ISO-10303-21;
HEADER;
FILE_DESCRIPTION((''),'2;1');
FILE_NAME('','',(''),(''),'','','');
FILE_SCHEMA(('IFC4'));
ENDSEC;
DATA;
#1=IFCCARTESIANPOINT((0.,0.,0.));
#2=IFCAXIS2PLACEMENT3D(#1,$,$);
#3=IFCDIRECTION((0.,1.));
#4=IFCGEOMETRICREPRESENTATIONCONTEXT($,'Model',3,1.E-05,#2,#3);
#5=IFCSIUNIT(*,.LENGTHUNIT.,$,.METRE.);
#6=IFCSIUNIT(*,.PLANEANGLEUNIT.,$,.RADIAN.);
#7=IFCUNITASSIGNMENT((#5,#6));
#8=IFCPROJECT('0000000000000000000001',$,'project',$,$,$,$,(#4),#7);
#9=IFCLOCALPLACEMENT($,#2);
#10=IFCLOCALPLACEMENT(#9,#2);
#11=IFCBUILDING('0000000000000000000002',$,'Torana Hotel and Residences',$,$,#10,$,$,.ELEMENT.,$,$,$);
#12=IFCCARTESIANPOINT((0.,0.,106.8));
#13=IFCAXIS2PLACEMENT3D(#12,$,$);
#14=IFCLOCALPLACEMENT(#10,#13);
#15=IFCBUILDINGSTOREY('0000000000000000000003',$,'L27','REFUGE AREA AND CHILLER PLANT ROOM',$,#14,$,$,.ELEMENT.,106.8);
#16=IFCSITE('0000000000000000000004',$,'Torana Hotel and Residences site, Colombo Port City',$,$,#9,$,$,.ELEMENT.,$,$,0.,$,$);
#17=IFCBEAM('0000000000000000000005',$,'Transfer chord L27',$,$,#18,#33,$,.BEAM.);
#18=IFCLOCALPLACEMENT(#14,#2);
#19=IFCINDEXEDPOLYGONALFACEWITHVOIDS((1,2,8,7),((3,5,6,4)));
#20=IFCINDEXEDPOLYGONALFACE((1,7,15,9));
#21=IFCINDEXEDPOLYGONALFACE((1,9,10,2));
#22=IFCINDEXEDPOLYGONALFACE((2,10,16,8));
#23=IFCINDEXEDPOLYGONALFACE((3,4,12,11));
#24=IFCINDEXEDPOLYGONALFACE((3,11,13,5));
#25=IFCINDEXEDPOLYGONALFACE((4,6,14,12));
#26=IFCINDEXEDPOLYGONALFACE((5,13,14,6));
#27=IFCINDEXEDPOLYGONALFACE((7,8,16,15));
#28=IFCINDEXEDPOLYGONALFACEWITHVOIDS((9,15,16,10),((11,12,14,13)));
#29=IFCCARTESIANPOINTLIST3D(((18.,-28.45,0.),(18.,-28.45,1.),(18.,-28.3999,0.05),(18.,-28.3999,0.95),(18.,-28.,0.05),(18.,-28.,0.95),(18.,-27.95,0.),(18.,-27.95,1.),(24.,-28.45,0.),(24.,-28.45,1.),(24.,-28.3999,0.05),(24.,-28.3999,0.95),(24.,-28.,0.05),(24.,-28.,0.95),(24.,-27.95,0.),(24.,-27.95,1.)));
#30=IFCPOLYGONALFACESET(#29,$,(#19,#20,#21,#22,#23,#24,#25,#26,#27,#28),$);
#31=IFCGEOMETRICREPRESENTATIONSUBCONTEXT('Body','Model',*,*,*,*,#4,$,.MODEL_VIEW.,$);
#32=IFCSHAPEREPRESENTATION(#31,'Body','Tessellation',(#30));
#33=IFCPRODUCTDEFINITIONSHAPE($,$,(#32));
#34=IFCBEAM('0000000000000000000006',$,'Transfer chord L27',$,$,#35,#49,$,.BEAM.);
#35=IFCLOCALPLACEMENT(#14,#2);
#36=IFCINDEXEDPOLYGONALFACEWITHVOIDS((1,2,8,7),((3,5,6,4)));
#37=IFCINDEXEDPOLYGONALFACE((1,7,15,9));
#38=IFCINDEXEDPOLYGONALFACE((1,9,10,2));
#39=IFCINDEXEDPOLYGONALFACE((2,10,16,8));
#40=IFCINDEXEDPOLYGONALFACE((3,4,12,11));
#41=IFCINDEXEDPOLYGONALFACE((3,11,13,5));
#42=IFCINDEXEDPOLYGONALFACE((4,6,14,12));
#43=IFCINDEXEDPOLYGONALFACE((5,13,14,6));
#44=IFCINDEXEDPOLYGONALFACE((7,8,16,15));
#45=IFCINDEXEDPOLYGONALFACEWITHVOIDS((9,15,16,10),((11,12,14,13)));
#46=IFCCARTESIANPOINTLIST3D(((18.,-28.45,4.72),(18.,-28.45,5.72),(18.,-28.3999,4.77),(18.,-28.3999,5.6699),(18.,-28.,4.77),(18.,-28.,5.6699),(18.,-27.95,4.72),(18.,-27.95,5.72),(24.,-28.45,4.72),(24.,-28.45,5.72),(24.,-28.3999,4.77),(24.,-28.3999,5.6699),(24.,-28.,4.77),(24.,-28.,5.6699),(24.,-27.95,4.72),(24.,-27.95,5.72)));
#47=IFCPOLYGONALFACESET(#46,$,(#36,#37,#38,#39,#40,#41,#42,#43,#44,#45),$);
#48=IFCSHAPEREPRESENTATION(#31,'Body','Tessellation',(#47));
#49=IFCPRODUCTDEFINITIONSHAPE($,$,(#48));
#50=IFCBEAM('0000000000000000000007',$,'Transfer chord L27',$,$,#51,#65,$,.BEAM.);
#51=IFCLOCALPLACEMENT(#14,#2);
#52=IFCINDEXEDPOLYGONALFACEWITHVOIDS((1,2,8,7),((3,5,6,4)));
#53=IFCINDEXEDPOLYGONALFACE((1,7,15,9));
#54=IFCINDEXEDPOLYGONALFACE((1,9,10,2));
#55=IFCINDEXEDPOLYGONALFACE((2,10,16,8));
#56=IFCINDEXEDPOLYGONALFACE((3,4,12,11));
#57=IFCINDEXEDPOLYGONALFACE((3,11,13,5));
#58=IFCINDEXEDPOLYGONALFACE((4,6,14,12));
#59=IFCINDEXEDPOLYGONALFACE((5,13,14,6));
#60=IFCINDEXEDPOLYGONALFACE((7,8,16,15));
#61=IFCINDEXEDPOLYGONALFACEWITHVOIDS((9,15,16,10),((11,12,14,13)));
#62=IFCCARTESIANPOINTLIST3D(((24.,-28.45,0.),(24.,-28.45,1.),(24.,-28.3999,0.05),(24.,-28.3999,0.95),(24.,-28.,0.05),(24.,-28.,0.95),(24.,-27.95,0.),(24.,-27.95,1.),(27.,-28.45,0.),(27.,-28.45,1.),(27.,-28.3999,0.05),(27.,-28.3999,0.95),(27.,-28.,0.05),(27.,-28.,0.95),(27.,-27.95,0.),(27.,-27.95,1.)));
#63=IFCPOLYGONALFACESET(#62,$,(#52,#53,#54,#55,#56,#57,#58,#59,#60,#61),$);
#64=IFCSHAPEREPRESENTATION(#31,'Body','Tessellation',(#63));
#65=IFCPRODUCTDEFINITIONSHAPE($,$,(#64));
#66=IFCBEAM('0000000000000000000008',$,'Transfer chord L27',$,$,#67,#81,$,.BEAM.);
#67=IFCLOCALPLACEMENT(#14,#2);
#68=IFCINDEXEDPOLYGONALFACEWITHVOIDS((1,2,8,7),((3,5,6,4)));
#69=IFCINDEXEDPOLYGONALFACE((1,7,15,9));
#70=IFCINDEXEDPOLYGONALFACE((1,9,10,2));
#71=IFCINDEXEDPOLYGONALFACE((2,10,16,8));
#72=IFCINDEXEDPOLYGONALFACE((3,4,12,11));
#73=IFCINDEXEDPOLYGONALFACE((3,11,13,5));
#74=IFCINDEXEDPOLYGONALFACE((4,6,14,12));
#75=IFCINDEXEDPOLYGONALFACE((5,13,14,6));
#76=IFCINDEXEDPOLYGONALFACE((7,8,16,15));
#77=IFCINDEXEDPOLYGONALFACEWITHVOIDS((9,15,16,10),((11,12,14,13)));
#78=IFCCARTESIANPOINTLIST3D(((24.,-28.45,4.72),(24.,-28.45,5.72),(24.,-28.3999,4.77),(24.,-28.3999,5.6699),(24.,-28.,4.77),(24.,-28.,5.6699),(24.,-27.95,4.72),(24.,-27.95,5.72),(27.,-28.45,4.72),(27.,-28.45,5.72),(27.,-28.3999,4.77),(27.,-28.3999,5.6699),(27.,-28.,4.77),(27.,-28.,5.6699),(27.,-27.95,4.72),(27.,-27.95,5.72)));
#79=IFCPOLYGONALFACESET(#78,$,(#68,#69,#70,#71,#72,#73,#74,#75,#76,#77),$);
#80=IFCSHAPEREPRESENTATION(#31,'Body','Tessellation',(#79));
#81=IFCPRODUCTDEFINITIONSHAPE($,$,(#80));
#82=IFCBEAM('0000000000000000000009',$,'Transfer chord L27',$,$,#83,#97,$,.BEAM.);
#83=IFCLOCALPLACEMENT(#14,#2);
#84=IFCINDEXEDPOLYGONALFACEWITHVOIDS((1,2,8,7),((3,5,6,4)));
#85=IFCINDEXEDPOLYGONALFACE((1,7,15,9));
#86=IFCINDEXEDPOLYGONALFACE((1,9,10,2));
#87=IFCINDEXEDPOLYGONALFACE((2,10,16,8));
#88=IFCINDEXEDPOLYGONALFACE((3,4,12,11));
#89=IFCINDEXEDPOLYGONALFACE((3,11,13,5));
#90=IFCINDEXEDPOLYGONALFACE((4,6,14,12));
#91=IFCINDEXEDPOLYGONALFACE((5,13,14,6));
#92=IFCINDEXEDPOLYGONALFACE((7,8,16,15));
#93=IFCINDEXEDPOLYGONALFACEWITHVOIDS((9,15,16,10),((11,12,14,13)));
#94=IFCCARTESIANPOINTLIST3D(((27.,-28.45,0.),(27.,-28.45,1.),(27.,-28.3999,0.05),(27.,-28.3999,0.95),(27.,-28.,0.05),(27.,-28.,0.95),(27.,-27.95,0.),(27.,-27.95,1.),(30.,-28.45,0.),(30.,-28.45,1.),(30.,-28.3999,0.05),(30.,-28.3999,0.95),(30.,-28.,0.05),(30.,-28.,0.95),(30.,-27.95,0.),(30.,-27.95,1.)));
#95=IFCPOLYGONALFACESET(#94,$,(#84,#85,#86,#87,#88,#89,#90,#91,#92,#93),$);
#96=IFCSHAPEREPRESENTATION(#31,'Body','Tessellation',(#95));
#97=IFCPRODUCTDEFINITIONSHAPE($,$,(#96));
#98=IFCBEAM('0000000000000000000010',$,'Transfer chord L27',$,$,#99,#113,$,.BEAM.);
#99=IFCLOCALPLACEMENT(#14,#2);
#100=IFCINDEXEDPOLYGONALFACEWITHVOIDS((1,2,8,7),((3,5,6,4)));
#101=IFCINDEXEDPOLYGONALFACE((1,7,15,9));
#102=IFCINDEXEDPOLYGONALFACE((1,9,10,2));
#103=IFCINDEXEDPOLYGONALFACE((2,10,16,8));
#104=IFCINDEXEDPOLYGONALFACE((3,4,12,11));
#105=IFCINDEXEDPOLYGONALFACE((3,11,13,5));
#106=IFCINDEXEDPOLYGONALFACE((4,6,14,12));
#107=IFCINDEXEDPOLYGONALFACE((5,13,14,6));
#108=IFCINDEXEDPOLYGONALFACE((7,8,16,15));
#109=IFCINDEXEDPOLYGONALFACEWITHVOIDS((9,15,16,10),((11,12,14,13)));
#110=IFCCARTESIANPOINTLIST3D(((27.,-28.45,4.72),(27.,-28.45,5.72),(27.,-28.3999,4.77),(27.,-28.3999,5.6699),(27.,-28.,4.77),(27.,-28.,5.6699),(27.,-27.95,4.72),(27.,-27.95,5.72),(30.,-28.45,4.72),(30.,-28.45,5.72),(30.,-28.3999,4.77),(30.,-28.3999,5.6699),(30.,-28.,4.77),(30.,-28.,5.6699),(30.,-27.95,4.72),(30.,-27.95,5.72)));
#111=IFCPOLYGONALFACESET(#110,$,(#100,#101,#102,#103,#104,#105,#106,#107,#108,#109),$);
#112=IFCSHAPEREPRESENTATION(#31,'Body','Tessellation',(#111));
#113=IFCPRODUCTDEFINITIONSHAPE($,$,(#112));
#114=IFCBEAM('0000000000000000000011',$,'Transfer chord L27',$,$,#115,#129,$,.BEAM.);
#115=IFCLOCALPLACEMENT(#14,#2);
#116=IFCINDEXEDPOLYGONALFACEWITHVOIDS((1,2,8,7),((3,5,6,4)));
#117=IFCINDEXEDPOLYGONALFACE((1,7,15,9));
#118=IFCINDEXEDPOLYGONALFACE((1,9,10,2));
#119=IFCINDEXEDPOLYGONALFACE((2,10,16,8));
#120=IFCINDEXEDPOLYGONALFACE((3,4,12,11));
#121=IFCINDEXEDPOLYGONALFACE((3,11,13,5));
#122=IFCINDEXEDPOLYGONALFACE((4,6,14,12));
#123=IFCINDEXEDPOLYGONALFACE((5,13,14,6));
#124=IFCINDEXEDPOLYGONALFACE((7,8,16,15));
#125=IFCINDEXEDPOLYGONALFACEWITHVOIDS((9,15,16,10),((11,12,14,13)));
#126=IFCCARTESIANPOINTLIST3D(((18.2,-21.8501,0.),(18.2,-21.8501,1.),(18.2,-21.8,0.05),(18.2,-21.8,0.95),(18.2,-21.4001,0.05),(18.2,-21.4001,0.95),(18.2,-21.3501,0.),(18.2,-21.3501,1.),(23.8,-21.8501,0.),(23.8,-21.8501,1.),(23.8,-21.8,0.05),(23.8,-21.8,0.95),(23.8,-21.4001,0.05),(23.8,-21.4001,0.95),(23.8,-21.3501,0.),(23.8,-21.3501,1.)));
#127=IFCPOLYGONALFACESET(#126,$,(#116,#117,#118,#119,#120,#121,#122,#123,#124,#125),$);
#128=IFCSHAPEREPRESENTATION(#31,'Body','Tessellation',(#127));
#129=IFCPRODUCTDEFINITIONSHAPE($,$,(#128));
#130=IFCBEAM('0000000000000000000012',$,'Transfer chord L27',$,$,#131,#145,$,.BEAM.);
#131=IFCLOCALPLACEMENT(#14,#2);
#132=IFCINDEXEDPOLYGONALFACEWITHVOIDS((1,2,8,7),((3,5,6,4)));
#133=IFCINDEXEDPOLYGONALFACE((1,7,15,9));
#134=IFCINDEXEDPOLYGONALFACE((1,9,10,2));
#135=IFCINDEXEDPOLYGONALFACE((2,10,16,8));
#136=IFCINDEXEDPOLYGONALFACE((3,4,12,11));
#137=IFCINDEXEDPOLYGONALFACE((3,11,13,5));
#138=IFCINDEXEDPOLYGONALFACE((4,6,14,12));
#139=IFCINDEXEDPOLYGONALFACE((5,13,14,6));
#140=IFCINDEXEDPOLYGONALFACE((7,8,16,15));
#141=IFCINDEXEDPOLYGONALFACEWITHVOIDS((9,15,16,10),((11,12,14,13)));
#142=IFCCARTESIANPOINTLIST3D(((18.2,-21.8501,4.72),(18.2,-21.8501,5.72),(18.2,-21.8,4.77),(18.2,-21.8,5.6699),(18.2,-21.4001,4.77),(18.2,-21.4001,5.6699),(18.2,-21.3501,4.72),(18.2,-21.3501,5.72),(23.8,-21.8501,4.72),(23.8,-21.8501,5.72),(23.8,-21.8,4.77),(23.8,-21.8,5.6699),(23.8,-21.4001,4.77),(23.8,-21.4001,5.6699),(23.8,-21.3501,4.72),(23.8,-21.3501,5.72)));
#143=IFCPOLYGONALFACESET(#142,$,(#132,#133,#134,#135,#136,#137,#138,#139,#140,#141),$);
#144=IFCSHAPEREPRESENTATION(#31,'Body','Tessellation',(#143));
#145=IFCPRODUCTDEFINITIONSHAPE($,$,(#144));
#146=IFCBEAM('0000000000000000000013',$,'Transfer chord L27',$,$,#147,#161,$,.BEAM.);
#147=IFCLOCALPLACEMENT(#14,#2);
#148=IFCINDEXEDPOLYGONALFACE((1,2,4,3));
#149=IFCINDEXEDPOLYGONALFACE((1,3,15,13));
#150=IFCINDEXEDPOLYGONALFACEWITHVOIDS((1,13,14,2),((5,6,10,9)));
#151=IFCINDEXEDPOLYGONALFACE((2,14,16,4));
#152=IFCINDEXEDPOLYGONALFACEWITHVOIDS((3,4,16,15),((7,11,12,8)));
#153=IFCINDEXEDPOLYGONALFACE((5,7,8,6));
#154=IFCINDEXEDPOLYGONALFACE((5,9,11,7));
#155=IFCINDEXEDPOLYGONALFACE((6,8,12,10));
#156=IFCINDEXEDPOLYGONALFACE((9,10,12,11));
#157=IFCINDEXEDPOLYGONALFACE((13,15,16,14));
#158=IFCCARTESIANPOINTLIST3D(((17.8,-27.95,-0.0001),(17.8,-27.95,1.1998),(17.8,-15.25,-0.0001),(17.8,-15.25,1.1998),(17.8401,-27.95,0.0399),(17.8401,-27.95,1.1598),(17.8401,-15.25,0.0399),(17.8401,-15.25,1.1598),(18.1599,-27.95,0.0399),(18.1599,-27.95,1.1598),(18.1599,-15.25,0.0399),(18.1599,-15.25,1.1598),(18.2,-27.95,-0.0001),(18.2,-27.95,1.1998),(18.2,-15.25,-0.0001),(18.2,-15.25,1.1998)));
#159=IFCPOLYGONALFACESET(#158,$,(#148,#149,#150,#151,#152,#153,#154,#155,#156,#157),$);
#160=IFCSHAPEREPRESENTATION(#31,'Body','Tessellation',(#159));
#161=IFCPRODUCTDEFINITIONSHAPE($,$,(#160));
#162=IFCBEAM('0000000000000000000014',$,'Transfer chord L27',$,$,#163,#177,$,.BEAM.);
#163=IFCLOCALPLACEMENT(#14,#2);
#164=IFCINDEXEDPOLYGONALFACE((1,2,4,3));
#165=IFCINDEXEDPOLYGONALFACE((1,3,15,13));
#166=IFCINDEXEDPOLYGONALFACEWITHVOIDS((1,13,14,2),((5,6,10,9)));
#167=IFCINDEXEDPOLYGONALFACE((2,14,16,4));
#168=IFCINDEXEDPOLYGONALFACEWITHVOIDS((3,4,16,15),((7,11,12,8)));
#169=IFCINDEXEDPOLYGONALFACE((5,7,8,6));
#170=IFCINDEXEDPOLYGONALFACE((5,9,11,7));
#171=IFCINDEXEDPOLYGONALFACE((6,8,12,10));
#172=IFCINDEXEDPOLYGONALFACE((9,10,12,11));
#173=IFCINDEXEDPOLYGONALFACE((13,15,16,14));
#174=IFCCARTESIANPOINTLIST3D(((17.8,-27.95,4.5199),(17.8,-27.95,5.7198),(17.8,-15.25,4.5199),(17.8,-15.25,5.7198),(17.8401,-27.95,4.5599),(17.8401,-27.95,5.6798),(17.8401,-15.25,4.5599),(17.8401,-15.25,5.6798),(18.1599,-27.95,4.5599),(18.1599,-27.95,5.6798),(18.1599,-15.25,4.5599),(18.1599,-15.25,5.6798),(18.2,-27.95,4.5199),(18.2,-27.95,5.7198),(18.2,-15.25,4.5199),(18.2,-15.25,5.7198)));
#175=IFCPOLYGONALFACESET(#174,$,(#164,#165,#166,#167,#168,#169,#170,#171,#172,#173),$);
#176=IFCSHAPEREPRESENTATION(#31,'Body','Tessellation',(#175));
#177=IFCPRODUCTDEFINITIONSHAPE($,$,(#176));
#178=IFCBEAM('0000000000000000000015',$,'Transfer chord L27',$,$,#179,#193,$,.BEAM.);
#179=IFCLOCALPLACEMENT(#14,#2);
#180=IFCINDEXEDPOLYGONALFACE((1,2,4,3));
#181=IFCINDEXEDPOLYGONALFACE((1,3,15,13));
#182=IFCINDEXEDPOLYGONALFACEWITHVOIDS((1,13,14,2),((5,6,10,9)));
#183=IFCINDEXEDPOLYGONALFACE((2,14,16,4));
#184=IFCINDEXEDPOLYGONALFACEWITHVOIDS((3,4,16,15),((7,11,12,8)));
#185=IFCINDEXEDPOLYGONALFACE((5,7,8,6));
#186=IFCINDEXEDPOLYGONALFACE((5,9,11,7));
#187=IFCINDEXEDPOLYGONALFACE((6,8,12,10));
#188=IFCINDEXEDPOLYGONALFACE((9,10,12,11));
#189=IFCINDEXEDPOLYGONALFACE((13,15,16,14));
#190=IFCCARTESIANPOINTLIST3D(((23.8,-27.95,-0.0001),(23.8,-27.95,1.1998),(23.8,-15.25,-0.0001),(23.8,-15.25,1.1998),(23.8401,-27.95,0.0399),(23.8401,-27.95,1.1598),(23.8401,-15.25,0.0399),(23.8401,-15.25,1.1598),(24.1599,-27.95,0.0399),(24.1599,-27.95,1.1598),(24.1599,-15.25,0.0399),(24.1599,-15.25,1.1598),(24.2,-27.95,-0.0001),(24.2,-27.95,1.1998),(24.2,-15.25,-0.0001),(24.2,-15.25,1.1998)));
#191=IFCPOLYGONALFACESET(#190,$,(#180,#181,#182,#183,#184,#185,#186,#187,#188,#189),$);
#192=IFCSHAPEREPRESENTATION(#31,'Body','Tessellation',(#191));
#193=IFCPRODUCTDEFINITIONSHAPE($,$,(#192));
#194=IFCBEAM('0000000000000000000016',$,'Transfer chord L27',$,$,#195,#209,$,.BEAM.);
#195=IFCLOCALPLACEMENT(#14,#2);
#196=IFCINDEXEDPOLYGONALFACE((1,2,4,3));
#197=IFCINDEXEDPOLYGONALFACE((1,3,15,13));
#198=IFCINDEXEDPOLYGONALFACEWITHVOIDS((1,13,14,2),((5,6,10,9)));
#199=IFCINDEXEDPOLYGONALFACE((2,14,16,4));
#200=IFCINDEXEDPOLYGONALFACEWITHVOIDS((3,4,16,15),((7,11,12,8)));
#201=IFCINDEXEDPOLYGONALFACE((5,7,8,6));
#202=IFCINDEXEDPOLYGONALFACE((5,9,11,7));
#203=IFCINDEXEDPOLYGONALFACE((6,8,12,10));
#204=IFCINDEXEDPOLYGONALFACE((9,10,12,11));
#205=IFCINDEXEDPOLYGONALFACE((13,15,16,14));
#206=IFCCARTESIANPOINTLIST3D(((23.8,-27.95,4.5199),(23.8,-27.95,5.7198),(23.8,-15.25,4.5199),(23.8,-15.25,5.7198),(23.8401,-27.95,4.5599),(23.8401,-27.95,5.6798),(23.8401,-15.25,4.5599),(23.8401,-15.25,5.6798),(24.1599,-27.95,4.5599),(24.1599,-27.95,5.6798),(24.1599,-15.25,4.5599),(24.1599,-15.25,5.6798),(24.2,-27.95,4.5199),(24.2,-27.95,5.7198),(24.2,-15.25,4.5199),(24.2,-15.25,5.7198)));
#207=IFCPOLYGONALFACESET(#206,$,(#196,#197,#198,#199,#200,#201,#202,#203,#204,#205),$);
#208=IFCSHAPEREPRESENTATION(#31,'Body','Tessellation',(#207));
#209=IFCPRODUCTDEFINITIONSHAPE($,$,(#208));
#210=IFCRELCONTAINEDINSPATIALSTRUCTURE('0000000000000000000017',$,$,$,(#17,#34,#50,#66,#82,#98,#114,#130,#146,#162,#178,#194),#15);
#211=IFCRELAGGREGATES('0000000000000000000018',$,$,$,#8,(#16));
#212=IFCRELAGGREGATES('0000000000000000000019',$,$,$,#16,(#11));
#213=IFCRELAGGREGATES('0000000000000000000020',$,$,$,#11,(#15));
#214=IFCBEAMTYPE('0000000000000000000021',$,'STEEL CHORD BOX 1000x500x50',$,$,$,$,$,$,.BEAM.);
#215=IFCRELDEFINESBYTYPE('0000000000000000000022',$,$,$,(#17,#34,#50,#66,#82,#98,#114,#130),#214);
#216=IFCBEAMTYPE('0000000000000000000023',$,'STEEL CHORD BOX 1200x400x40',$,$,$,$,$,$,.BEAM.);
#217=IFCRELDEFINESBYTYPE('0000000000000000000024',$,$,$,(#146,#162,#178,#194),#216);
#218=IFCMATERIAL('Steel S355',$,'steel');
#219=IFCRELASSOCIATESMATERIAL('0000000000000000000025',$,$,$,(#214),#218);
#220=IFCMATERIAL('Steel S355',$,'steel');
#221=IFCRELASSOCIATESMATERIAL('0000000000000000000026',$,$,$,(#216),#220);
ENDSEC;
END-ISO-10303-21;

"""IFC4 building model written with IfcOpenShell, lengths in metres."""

from ifc_helpers import new_model, si_unit, direction, frame, origin, origin_2d, place, context, subcontext, project, spatial, hollow_rectangle, extrude, material, material_profile, profile_set, type_object, element, save


model = new_model("IFC4")

# Units and contexts
model_context = context("Model", 3, precision=1e-05, world=origin(), true_north=direction((0.0, 1.0)))
body_context = subcontext(model_context, "Body", "Model", "MODEL_VIEW")
ifc_project = project(units=[si_unit("LENGTHUNIT", "METRE"), si_unit("PLANEANGLEUNIT", "RADIAN")], contexts=[model_context])

# Site, building, storey
site_placement = place(None, origin())
site = spatial("IfcSite", under=ifc_project, at=site_placement, Name="Torana Hotel and Residences site, Colombo Port City", CompositionType="ELEMENT", RefElevation=0.0)
building_placement = place(site_placement, origin())
building = spatial("IfcBuilding", under=site, at=building_placement, Name="Torana Hotel and Residences", CompositionType="ELEMENT")
storey_placement = place(building_placement, frame((0.0, 0.0, 106.8)))
storey = spatial("IfcBuildingStorey", under=building, at=storey_placement, Name="L27", Description="REFUGE AREA AND CHILLER PLANT ROOM", CompositionType="ELEMENT", Elevation=106.8)

# Beams
ifc_material_1 = material(Name="Steel S355", Category="steel")
ifc_material_profile_1 = material_profile(ifc_material_1, hollow_rectangle(XDim=0.5, YDim=1.0, WallThickness=0.05, at=origin_2d()), Name="BOX 1000x500x50")
ifc_profile_set_1 = profile_set([ifc_material_profile_1], Name="Steel S355")
beam_type_1 = type_object("IfcBeamType", Name="STEEL CHORD BOX 1000x500x50", PredefinedType="BEAM", material=ifc_profile_set_1)
for number, where, z_axis, x_axis, name in (
    (1, (18.0, -28.2, 0.5), (1.0, 0.0, 0.0), (0.0, 1.0, 0.0), "Transfer chord L27"),
    (2, (18.0, -28.2, 5.22), (1.0, 0.0, 0.0), (0.0, 1.0, 0.0), "Transfer chord L27"),
):
    element("IfcBeam", number, at=place(storey_placement, frame(where, z_axis=z_axis, x_axis=x_axis)), inside=storey, type_object=beam_type_1, Name=name, PredefinedType="BEAM", context=body_context, shape_type="SweptSolid", body=[
        extrude(hollow_rectangle(XDim=0.5, YDim=1.0, WallThickness=0.05, at=origin_2d()), origin(), (0.0, 0.0, 1.0), 6.0),
    ])
for number, where, z_axis, x_axis, name in (
    (3, (24.0, -28.2, 0.5), (1.0, 0.0, 0.0), (0.0, 1.0, 0.0), "Transfer chord L27"),
    (4, (24.0, -28.2, 5.22), (1.0, 0.0, 0.0), (0.0, 1.0, 0.0), "Transfer chord L27"),
    (5, (27.0, -28.2, 0.5), (1.0, 0.0, 0.0), (0.0, 1.0, 0.0), "Transfer chord L27"),
    (6, (27.0, -28.2, 5.22), (1.0, 0.0, 0.0), (0.0, 1.0, 0.0), "Transfer chord L27"),
):
    element("IfcBeam", number, at=place(storey_placement, frame(where, z_axis=z_axis, x_axis=x_axis)), inside=storey, type_object=beam_type_1, Name=name, PredefinedType="BEAM", context=body_context, shape_type="SweptSolid", body=[
        extrude(hollow_rectangle(XDim=0.5, YDim=1.0, WallThickness=0.05, at=origin_2d()), origin(), (0.0, 0.0, 1.0), 3.0),
    ])
for number, where, z_axis, x_axis, name in (
    (7, (18.2, -21.6001, 0.5), (1.0, 0.0, 0.0), (0.0, 1.0, 0.0), "Transfer chord L27"),
    (8, (18.2, -21.6001, 5.22), (1.0, 0.0, 0.0), (0.0, 1.0, 0.0), "Transfer chord L27"),
):
    element("IfcBeam", number, at=place(storey_placement, frame(where, z_axis=z_axis, x_axis=x_axis)), inside=storey, type_object=beam_type_1, Name=name, PredefinedType="BEAM", context=body_context, shape_type="SweptSolid", body=[
        extrude(hollow_rectangle(XDim=0.5, YDim=1.0, WallThickness=0.05, at=origin_2d()), origin(), (0.0, 0.0, 1.0), 5.6001),
    ])
ifc_material_2 = material(Name="Steel S355", Category="steel")
ifc_material_profile_2 = material_profile(ifc_material_2, hollow_rectangle(XDim=0.3999, YDim=1.2, WallThickness=0.04, at=origin_2d()), Name="BOX 1200x400x40")
ifc_profile_set_2 = profile_set([ifc_material_profile_2], Name="Steel S355")
beam_type_2 = type_object("IfcBeamType", Name="STEEL CHORD BOX 1200x400x40", PredefinedType="BEAM", material=ifc_profile_set_2)
for number, where, z_axis, x_axis, name in (
    (9, (18.0, -27.95, 0.5999), (0.0, 1.0, 0.0), (-1.0, 0.0, 0.0), "Transfer chord L27"),
    (10, (18.0, -27.95, 5.1199), (0.0, 1.0, 0.0), (-1.0, 0.0, 0.0), "Transfer chord L27"),
    (11, (24.0, -27.95, 0.5999), (0.0, 1.0, 0.0), (-1.0, 0.0, 0.0), "Transfer chord L27"),
    (12, (24.0, -27.95, 5.1199), (0.0, 1.0, 0.0), (-1.0, 0.0, 0.0), "Transfer chord L27"),
):
    element("IfcBeam", number, at=place(storey_placement, frame(where, z_axis=z_axis, x_axis=x_axis)), inside=storey, type_object=beam_type_2, Name=name, PredefinedType="BEAM", context=body_context, shape_type="SweptSolid", body=[
        extrude(hollow_rectangle(XDim=0.3999, YDim=1.2, WallThickness=0.04, at=origin_2d()), origin(), (0.0, 0.0, 1.0), 12.7),
    ])

save(model, "model.ifc")
